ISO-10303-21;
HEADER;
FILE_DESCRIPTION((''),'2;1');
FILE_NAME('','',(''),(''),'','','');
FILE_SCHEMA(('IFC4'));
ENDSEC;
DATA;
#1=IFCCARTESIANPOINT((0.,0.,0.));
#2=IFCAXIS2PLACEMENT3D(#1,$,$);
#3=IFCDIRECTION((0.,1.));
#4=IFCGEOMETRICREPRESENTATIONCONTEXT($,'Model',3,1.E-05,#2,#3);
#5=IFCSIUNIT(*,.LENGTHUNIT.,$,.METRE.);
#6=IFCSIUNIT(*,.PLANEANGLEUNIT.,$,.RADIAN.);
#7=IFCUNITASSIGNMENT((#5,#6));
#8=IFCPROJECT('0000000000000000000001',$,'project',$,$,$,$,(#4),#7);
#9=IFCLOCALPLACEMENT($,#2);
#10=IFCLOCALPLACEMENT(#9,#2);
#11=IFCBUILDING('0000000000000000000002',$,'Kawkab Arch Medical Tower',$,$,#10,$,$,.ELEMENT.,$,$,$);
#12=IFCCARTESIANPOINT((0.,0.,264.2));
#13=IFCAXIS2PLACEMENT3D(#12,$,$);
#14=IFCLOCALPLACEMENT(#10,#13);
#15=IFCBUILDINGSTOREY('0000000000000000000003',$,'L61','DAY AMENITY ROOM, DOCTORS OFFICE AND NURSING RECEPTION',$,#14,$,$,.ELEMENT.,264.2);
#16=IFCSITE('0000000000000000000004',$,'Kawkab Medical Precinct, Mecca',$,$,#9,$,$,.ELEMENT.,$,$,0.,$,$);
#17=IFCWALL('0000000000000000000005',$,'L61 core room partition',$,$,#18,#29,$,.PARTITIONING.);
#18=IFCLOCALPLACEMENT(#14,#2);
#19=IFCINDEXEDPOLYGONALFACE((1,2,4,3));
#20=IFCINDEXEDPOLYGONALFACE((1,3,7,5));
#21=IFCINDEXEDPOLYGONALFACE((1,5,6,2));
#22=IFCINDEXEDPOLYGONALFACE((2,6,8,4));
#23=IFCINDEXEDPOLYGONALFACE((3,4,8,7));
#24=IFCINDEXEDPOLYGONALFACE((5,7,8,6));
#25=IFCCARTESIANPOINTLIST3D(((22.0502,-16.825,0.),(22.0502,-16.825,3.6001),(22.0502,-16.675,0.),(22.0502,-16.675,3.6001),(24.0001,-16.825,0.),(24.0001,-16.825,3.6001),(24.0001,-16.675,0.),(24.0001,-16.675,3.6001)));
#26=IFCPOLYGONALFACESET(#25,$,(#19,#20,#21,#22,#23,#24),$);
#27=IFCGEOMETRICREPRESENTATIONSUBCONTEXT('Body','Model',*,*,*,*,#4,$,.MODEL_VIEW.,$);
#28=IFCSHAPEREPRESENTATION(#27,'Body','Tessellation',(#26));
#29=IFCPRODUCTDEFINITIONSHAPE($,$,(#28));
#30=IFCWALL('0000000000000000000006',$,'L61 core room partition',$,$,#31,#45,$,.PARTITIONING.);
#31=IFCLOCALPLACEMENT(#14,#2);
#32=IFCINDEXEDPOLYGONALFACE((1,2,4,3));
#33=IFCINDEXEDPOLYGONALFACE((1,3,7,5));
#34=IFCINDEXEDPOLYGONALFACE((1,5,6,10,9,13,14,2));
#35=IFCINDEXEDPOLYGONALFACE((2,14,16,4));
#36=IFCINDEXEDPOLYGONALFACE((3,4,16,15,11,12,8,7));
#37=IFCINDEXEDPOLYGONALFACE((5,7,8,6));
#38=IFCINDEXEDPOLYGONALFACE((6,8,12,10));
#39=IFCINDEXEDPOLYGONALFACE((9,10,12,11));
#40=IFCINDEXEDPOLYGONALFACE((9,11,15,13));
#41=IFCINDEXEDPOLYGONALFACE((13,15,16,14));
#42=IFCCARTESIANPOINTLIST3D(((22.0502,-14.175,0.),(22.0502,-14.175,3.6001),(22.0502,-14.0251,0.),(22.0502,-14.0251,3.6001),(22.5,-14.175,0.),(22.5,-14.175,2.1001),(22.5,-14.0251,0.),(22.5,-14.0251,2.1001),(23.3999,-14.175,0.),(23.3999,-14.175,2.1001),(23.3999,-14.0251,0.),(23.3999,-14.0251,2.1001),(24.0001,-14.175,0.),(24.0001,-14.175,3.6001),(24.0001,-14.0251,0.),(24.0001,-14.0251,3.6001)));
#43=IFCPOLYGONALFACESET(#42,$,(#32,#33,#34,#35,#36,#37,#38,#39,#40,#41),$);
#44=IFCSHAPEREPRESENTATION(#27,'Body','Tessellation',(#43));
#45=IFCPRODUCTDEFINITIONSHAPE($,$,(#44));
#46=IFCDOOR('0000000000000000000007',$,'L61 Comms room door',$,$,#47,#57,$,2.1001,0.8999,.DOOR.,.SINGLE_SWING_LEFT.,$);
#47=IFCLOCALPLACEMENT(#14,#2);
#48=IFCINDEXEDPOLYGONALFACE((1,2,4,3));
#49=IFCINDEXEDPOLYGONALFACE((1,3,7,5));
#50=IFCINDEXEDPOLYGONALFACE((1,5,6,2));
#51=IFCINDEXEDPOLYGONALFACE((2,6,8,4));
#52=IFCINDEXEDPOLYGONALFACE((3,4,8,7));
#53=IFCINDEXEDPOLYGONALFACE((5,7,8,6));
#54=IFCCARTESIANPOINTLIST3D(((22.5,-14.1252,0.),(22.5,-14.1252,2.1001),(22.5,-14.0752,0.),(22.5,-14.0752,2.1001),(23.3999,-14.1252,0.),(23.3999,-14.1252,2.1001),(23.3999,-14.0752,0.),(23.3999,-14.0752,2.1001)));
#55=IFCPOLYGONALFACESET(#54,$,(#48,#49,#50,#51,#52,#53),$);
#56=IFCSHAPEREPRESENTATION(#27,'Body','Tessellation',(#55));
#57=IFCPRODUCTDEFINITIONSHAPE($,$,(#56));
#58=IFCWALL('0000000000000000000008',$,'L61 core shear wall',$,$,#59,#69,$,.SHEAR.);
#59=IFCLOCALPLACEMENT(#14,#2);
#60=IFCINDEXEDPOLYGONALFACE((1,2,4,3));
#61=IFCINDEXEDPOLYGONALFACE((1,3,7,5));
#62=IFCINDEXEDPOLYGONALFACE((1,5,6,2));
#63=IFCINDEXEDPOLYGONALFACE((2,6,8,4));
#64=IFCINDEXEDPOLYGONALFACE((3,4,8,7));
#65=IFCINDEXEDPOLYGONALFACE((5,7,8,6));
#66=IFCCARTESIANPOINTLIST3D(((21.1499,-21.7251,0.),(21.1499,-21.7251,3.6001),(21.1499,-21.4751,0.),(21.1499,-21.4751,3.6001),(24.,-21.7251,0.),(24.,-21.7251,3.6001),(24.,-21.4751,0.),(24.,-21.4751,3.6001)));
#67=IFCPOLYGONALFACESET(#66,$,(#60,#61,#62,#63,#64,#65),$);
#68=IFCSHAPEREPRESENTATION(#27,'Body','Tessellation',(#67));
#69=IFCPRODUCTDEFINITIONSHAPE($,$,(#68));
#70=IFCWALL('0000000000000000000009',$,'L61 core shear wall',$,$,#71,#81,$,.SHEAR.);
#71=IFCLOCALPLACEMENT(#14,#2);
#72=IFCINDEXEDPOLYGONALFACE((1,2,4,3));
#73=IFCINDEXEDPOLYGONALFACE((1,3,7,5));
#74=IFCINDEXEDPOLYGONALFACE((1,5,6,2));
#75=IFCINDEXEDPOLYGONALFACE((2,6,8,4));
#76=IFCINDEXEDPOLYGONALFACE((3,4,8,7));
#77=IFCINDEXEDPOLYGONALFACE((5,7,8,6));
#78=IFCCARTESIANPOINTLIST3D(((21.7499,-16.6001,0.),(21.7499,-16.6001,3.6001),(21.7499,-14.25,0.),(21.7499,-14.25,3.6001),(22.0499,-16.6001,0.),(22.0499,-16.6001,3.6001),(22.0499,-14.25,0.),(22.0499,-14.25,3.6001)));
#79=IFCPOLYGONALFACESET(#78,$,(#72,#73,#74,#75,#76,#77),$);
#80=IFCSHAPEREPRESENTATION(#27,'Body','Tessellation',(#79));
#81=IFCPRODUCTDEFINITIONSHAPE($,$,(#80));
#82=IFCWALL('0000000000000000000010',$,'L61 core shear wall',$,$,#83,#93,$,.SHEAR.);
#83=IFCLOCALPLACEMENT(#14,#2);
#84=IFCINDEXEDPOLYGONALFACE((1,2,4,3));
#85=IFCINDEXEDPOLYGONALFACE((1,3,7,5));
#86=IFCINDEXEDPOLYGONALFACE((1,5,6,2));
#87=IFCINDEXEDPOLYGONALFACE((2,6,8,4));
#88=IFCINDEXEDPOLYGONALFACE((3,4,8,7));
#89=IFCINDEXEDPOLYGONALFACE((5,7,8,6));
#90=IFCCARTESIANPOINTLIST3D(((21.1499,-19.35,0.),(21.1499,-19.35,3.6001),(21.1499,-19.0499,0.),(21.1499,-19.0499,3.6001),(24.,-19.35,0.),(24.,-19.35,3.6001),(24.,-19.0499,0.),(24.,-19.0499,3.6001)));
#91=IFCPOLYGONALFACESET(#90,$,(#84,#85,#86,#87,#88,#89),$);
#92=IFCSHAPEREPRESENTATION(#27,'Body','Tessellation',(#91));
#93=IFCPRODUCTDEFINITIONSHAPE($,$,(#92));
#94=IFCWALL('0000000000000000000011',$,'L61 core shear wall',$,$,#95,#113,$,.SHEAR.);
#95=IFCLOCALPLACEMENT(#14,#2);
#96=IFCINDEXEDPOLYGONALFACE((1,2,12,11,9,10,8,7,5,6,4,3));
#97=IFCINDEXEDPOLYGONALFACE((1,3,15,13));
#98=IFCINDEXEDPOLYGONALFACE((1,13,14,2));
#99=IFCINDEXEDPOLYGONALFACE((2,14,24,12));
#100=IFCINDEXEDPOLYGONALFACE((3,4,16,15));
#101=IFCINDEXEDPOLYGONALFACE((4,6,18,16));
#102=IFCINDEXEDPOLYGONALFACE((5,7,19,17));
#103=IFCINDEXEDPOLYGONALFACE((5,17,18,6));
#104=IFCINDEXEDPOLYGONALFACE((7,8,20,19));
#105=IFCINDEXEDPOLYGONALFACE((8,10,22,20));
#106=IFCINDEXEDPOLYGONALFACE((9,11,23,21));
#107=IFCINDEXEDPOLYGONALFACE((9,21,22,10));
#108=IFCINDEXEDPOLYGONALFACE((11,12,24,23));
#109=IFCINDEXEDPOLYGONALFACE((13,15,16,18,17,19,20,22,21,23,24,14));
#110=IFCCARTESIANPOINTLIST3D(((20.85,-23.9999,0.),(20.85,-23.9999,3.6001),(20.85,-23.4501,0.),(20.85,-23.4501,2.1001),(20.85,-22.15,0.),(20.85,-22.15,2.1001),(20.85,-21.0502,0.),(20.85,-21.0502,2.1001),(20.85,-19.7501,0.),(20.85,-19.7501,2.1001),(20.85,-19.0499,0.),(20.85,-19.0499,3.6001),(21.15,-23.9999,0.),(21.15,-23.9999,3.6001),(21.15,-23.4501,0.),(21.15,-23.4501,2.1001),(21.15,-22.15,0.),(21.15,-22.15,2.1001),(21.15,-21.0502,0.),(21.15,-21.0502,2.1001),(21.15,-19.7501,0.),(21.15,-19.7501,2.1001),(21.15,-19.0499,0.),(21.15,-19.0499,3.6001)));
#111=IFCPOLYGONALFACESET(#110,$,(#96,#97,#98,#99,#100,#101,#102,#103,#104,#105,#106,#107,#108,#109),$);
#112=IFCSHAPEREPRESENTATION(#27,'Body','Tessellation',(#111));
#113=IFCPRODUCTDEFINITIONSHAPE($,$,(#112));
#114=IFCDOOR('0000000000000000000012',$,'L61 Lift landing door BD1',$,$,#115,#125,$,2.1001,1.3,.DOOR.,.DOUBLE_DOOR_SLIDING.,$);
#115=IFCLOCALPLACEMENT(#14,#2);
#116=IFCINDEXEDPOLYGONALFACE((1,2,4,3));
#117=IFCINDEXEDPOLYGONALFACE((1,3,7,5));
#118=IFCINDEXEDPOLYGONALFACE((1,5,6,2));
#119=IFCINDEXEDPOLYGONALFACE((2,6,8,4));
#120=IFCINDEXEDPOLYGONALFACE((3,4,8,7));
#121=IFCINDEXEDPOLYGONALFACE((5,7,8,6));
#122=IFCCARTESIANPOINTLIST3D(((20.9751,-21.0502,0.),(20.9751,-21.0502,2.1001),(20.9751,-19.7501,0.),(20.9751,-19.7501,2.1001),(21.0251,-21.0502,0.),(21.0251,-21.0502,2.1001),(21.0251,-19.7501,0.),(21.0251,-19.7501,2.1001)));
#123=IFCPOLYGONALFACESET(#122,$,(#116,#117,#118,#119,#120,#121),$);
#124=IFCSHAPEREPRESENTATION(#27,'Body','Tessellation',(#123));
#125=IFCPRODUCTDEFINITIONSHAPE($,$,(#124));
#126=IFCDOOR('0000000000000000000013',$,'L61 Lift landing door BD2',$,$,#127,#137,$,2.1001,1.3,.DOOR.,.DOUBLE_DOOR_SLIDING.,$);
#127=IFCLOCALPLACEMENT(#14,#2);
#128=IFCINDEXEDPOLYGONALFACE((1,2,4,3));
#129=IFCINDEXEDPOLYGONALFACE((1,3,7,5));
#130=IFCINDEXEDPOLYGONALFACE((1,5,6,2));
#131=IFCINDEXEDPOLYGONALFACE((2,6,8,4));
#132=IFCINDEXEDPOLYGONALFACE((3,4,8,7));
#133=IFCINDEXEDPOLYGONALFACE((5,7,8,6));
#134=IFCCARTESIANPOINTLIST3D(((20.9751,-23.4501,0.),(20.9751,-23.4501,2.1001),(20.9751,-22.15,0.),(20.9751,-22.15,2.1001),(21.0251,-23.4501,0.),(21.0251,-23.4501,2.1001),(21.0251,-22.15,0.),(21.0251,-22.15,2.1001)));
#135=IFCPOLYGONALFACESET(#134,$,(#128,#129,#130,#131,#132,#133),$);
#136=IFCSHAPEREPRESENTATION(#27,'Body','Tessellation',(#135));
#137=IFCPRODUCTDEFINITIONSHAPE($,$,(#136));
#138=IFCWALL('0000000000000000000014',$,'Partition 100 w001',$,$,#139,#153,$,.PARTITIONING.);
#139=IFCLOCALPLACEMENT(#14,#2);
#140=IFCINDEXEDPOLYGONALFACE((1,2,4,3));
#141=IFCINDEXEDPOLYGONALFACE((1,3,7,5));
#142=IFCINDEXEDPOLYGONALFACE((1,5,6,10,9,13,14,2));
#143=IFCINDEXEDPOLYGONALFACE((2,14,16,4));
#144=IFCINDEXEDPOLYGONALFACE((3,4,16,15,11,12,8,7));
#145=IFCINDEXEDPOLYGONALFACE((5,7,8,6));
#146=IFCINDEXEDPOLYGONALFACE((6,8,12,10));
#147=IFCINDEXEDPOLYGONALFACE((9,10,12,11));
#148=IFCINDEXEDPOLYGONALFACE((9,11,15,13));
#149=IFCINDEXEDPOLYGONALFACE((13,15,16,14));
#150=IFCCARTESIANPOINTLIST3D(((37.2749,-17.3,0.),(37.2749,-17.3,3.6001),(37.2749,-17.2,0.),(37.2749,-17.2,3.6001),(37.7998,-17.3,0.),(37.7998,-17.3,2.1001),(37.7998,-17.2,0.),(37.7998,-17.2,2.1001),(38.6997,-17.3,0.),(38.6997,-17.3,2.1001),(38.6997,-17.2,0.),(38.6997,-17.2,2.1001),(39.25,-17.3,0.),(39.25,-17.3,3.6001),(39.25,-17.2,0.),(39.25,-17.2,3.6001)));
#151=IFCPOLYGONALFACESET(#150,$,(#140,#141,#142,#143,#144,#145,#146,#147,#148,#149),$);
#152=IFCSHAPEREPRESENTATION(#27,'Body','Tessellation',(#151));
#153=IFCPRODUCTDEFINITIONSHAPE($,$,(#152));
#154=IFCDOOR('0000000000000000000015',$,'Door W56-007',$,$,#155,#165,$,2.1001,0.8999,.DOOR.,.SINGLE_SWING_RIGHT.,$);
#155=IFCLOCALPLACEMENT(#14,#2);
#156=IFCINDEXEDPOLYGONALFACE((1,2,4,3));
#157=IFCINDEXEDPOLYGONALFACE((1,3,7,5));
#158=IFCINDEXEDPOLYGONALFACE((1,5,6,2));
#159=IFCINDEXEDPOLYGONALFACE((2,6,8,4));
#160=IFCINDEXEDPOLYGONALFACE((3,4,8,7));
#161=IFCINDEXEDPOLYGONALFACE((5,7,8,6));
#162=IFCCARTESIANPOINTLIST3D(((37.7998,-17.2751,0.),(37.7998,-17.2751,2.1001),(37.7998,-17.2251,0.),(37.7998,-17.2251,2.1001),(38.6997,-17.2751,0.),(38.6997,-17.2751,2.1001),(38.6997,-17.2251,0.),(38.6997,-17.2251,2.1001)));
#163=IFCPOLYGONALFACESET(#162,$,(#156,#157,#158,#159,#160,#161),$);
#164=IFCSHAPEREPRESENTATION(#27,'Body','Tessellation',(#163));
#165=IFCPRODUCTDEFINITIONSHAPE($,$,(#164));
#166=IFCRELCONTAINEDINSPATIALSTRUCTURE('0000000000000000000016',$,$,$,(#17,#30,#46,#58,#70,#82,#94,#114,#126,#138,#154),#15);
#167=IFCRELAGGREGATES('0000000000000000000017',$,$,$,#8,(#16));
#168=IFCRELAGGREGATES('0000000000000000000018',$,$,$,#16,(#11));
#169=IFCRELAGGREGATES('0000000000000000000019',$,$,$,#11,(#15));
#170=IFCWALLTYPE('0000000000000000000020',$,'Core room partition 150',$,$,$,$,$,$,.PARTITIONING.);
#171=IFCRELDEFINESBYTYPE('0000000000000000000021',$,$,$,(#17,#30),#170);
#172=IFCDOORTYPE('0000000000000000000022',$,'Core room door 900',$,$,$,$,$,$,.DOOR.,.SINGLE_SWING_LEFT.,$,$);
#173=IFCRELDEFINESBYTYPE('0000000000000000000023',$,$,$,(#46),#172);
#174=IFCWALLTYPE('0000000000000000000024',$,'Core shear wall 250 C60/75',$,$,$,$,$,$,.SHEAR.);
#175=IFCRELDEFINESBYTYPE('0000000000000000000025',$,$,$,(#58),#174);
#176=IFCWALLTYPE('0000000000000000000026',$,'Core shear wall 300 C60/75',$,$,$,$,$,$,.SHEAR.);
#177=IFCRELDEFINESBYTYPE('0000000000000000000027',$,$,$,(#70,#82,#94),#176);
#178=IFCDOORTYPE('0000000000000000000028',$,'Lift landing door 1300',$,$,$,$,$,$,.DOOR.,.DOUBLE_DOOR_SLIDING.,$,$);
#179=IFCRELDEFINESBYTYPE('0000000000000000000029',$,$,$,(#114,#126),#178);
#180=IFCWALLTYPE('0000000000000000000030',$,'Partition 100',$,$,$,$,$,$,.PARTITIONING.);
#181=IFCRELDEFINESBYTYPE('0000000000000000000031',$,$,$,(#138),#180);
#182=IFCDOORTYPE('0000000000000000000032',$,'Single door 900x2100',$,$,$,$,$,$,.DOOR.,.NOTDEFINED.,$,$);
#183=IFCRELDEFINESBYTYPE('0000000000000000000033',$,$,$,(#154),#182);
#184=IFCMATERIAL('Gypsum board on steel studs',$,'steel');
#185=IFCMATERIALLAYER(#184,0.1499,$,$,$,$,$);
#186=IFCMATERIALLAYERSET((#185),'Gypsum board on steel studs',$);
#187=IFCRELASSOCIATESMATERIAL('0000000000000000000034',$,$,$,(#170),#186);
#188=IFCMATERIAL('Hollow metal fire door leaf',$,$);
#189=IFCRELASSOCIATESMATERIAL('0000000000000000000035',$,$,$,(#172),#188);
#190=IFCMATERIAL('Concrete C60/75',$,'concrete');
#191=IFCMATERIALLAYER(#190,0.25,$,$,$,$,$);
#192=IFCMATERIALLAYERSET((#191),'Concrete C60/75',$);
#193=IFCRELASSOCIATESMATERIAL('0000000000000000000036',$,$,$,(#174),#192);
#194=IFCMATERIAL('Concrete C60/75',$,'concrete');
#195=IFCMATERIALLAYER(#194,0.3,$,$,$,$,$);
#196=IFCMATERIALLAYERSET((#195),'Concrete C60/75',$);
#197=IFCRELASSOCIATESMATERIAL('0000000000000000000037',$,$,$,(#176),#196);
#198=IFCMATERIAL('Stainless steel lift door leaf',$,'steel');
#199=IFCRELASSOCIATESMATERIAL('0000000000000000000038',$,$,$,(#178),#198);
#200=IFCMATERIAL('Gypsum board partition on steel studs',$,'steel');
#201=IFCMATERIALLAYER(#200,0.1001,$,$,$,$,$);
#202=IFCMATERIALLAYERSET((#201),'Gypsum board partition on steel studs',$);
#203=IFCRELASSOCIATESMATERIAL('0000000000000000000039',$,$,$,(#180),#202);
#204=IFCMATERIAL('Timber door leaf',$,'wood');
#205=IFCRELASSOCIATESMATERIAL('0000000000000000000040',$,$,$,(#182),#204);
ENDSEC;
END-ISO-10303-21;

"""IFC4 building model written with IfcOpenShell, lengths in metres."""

from ifc_helpers import new_model, si_unit, direction, frame, frame_2d, origin, place, context, subcontext, project, spatial, rectangle, extrude, material, layer, layer_set, type_object, element, fill, save


model = new_model("IFC4")

# Units and contexts
model_context = context("Model", 3, precision=1e-05, world=origin(), true_north=direction((0.0, 1.0)))
body_context = subcontext(model_context, "Body", "Model", "MODEL_VIEW")
ifc_project = project(units=[si_unit("LENGTHUNIT", "METRE"), si_unit("PLANEANGLEUNIT", "RADIAN")], contexts=[model_context])

# Site, building, storey
site_placement = place(None, origin())
site = spatial("IfcSite", under=ifc_project, at=site_placement, Name="Kawkab Medical Precinct, Mecca", CompositionType="ELEMENT", RefElevation=0.0)
building_placement = place(site_placement, origin())
building = spatial("IfcBuilding", under=site, at=building_placement, Name="Kawkab Arch Medical Tower", CompositionType="ELEMENT")
storey_placement = place(building_placement, frame((0.0, 0.0, 264.2)))
storey = spatial("IfcBuildingStorey", under=building, at=storey_placement, Name="L61", Description="DAY AMENITY ROOM, DOCTORS OFFICE AND NURSING RECEPTION", CompositionType="ELEMENT", Elevation=264.2)

# Shared definitions
ifc_material_1 = material(Name="Gypsum board on steel studs", Category="steel")
ifc_layer_1 = layer(ifc_material_1, 0.1499)
ifc_layer_set_1 = layer_set([ifc_layer_1], Name="Gypsum board on steel studs")
wall_type_1 = type_object("IfcWallType", Name="Core room partition 150", PredefinedType="PARTITIONING", material=ifc_layer_set_1)
ifc_material_2 = material(Name="Hollow metal fire door leaf")
door_type_1 = type_object("IfcDoorType", Name="Core room door 900", OperationType="SINGLE_SWING_LEFT", PredefinedType="DOOR", material=ifc_material_2)

# Wall
wall_1_placement = place(storey_placement, frame((22.05, -16.75, 0.0), z_axis=(0.0, 0.0, 1.0), x_axis=(1.0, 0.0, 0.0)))
element("IfcWall", 1, at=wall_1_placement, inside=storey, type_object=wall_type_1, Name="L61 core room partition", PredefinedType="PARTITIONING", context=body_context, shape_type="SweptSolid", body=[
    extrude(rectangle(XDim=1.95, YDim=0.1499, at=frame_2d((0.9751, 0.0))), origin(), (0.0, 0.0, 1.0), 3.6001),
])

# Wall, opening, door
wall_2_placement = place(storey_placement, frame((22.05, -14.1001, 0.0), z_axis=(0.0, 0.0, 1.0), x_axis=(1.0, 0.0, 0.0)))
wall_2 = element("IfcWall", 2, at=wall_2_placement, inside=storey, type_object=wall_type_1, Name="L61 core room partition", PredefinedType="PARTITIONING", context=body_context, shape_type="SweptSolid", body=[
    extrude(rectangle(XDim=1.95, YDim=0.1499, at=frame_2d((0.9751, 0.0))), origin(), (0.0, 0.0, 1.0), 3.6001),
])
opening_1_placement = place(wall_2_placement, frame((0.45, 0.0, 0.0)))
opening_1 = element("IfcOpeningElement", 3, at=opening_1_placement, cuts=wall_2, PredefinedType="OPENING", context=body_context, shape_type="SweptSolid", body=[
    extrude(rectangle(XDim=0.8999, YDim=2.1001, at=frame_2d((0.45, 1.05))), frame((0.0, 0.085, 0.0), z_axis=(0.0, -1.0, 0.0), x_axis=(1.0, 0.0, 0.0)), (0.0, 0.0, 1.0), 0.1699),
])
door_1_placement = place(opening_1_placement, origin())
door_1 = element("IfcDoor", 4, at=door_1_placement, inside=storey, type_object=door_type_1, Name="L61 Comms room door", OperationType="SINGLE_SWING_LEFT", OverallHeight=2.1001, OverallWidth=0.8999, PredefinedType="DOOR", context=body_context, shape_type="SweptSolid", body=[
    extrude(rectangle(XDim=0.8999, YDim=2.1001, at=frame_2d((0.45, 1.05))), frame((0.0, 0.0249, 0.0), z_axis=(0.0, -1.0, 0.0), x_axis=(1.0, 0.0, 0.0)), (0.0, 0.0, 1.0), 0.05),
])
fill(opening_1, door_1)

# Walls
ifc_material_3 = material(Name="Concrete C60/75", Category="concrete")
ifc_layer_2 = layer(ifc_material_3, 0.25)
ifc_layer_set_2 = layer_set([ifc_layer_2], Name="Concrete C60/75")
wall_type_2 = type_object("IfcWallType", Name="Core shear wall 250 C60/75", PredefinedType="SHEAR", material=ifc_layer_set_2)
wall_3_placement = place(storey_placement, frame((21.1499, -21.6001, 0.0), z_axis=(0.0, 0.0, 1.0), x_axis=(1.0, 0.0, 0.0)))
element("IfcWall", 5, at=wall_3_placement, inside=storey, type_object=wall_type_2, Name="L61 core shear wall", PredefinedType="SHEAR", context=body_context, shape_type="SweptSolid", body=[
    extrude(rectangle(XDim=2.8501, YDim=0.25, at=frame_2d((1.425, 0.0))), origin(), (0.0, 0.0, 1.0), 3.6001),
])
ifc_material_4 = material(Name="Concrete C60/75", Category="concrete")
ifc_layer_3 = layer(ifc_material_4, 0.3)
ifc_layer_set_3 = layer_set([ifc_layer_3], Name="Concrete C60/75")
wall_type_3 = type_object("IfcWallType", Name="Core shear wall 300 C60/75", PredefinedType="SHEAR", material=ifc_layer_set_3)
wall_4_placement = place(storey_placement, frame((21.8999, -16.6001, 0.0), z_axis=(0.0, 0.0, 1.0), x_axis=(0.0, 1.0, 0.0)))
element("IfcWall", 6, at=wall_4_placement, inside=storey, type_object=wall_type_3, Name="L61 core shear wall", PredefinedType="SHEAR", context=body_context, shape_type="SweptSolid", body=[
    extrude(rectangle(XDim=2.3501, YDim=0.3, at=frame_2d((1.175, 0.0))), origin(), (0.0, 0.0, 1.0), 3.6001),
])
wall_5_placement = place(storey_placement, frame((21.1499, -19.2, 0.0), z_axis=(0.0, 0.0, 1.0), x_axis=(1.0, 0.0, 0.0)))
element("IfcWall", 7, at=wall_5_placement, inside=storey, type_object=wall_type_3, Name="L61 core shear wall", PredefinedType="SHEAR", context=body_context, shape_type="SweptSolid", body=[
    extrude(rectangle(XDim=2.8501, YDim=0.3, at=frame_2d((1.425, 0.0))), origin(), (0.0, 0.0, 1.0), 3.6001),
])

# Wall, openings, doors
wall_6_placement = place(storey_placement, frame((21.0, -24.0, 0.0), z_axis=(0.0, 0.0, 1.0), x_axis=(0.0, 1.0, 0.0)))
wall_6 = element("IfcWall", 8, at=wall_6_placement, inside=storey, type_object=wall_type_3, Name="L61 core shear wall", PredefinedType="SHEAR", context=body_context, shape_type="SweptSolid", body=[
    extrude(rectangle(XDim=4.95, YDim=0.3, at=frame_2d((2.4751, 0.0))), origin(), (0.0, 0.0, 1.0), 3.6001),
])
opening_2_placement = place(wall_6_placement, frame((2.95, 0.0, 0.0)))
opening_2 = element("IfcOpeningElement", 9, at=opening_2_placement, cuts=wall_6, PredefinedType="OPENING", context=body_context, shape_type="SweptSolid", body=[
    extrude(rectangle(XDim=1.3, YDim=2.1001, at=frame_2d((0.6499, 1.05))), frame((0.0, 0.1599, 0.0), z_axis=(0.0, -1.0, 0.0), x_axis=(1.0, 0.0, 0.0)), (0.0, 0.0, 1.0), 0.3201),
])
opening_3_placement = place(wall_6_placement, frame((0.55, 0.0, 0.0)))
opening_3 = element("IfcOpeningElement", 10, at=opening_3_placement, cuts=wall_6, PredefinedType="OPENING", context=body_context, shape_type="SweptSolid", body=[
    extrude(rectangle(XDim=1.3, YDim=2.1001, at=frame_2d((0.6499, 1.05))), frame((0.0, 0.1599, 0.0), z_axis=(0.0, -1.0, 0.0), x_axis=(1.0, 0.0, 0.0)), (0.0, 0.0, 1.0), 0.3201),
])
ifc_material_5 = material(Name="Stainless steel lift door leaf", Category="steel")
door_type_2 = type_object("IfcDoorType", Name="Lift landing door 1300", OperationType="DOUBLE_DOOR_SLIDING", PredefinedType="DOOR", material=ifc_material_5)
door_2_placement = place(opening_2_placement, origin())
door_2 = element("IfcDoor", 11, at=door_2_placement, inside=storey, type_object=door_type_2, Name="L61 Lift landing door BD1", OperationType="DOUBLE_DOOR_SLIDING", OverallHeight=2.1001, OverallWidth=1.3, PredefinedType="DOOR", context=body_context, shape_type="SweptSolid", body=[
    extrude(rectangle(XDim=1.3, YDim=2.1001, at=frame_2d((0.6499, 1.05))), frame((0.0, 0.0249, 0.0), z_axis=(0.0, -1.0, 0.0), x_axis=(1.0, 0.0, 0.0)), (0.0, 0.0, 1.0), 0.05),
])
fill(opening_2, door_2)
door_3_placement = place(opening_3_placement, origin())
door_3 = element("IfcDoor", 12, at=door_3_placement, inside=storey, type_object=door_type_2, Name="L61 Lift landing door BD2", OperationType="DOUBLE_DOOR_SLIDING", OverallHeight=2.1001, OverallWidth=1.3, PredefinedType="DOOR", context=body_context, shape_type="SweptSolid", body=[
    extrude(rectangle(XDim=1.3, YDim=2.1001, at=frame_2d((0.6499, 1.05))), frame((0.0, 0.0249, 0.0), z_axis=(0.0, -1.0, 0.0), x_axis=(1.0, 0.0, 0.0)), (0.0, 0.0, 1.0), 0.05),
])
fill(opening_3, door_3)

# Wall, opening, door
ifc_material_6 = material(Name="Gypsum board partition on steel studs", Category="steel")
ifc_layer_4 = layer(ifc_material_6, 0.1001)
ifc_layer_set_4 = layer_set([ifc_layer_4], Name="Gypsum board partition on steel studs")
wall_type_4 = type_object("IfcWallType", Name="Partition 100", PredefinedType="PARTITIONING", material=ifc_layer_set_4)
wall_7_placement = place(storey_placement, frame((37.2749, -17.25, 0.0), z_axis=(0.0, 0.0, 1.0), x_axis=(1.0, 0.0, 0.0)))
wall_7 = element("IfcWall", 13, at=wall_7_placement, inside=storey, type_object=wall_type_4, Name="Partition 100 w001", PredefinedType="PARTITIONING", context=body_context, shape_type="SweptSolid", body=[
    extrude(rectangle(XDim=1.9751, YDim=0.1001, at=frame_2d((0.9875, 0.0))), origin(), (0.0, 0.0, 1.0), 3.6001),
])
opening_4_placement = place(wall_7_placement, frame((0.5249, 0.0, 0.0)))
opening_4 = element("IfcOpeningElement", 14, at=opening_4_placement, cuts=wall_7, PredefinedType="OPENING", context=body_context, shape_type="SweptSolid", body=[
    extrude(rectangle(XDim=0.8999, YDim=2.1001, at=frame_2d((0.45, 1.05))), frame((0.0, 0.0601, 0.0), z_axis=(0.0, -1.0, 0.0), x_axis=(1.0, 0.0, 0.0)), (0.0, 0.0, 1.0), 0.1201),
])
ifc_material_7 = material(Name="Timber door leaf", Category="wood")
door_type_3 = type_object("IfcDoorType", Name="Single door 900x2100", OperationType="NOTDEFINED", PredefinedType="DOOR", material=ifc_material_7)
door_4_placement = place(opening_4_placement, origin())
door_4 = element("IfcDoor", 15, at=door_4_placement, inside=storey, type_object=door_type_3, Name="Door W56-007", OperationType="SINGLE_SWING_RIGHT", OverallHeight=2.1001, OverallWidth=0.8999, PredefinedType="DOOR", context=body_context, shape_type="SweptSolid", body=[
    extrude(rectangle(XDim=0.8999, YDim=2.1001, at=frame_2d((0.45, 1.05))), frame((0.0, 0.0249, 0.0), z_axis=(0.0, -1.0, 0.0), x_axis=(1.0, 0.0, 0.0)), (0.0, 0.0, 1.0), 0.05),
])
fill(opening_4, door_4)

save(model, "model.ifc")
